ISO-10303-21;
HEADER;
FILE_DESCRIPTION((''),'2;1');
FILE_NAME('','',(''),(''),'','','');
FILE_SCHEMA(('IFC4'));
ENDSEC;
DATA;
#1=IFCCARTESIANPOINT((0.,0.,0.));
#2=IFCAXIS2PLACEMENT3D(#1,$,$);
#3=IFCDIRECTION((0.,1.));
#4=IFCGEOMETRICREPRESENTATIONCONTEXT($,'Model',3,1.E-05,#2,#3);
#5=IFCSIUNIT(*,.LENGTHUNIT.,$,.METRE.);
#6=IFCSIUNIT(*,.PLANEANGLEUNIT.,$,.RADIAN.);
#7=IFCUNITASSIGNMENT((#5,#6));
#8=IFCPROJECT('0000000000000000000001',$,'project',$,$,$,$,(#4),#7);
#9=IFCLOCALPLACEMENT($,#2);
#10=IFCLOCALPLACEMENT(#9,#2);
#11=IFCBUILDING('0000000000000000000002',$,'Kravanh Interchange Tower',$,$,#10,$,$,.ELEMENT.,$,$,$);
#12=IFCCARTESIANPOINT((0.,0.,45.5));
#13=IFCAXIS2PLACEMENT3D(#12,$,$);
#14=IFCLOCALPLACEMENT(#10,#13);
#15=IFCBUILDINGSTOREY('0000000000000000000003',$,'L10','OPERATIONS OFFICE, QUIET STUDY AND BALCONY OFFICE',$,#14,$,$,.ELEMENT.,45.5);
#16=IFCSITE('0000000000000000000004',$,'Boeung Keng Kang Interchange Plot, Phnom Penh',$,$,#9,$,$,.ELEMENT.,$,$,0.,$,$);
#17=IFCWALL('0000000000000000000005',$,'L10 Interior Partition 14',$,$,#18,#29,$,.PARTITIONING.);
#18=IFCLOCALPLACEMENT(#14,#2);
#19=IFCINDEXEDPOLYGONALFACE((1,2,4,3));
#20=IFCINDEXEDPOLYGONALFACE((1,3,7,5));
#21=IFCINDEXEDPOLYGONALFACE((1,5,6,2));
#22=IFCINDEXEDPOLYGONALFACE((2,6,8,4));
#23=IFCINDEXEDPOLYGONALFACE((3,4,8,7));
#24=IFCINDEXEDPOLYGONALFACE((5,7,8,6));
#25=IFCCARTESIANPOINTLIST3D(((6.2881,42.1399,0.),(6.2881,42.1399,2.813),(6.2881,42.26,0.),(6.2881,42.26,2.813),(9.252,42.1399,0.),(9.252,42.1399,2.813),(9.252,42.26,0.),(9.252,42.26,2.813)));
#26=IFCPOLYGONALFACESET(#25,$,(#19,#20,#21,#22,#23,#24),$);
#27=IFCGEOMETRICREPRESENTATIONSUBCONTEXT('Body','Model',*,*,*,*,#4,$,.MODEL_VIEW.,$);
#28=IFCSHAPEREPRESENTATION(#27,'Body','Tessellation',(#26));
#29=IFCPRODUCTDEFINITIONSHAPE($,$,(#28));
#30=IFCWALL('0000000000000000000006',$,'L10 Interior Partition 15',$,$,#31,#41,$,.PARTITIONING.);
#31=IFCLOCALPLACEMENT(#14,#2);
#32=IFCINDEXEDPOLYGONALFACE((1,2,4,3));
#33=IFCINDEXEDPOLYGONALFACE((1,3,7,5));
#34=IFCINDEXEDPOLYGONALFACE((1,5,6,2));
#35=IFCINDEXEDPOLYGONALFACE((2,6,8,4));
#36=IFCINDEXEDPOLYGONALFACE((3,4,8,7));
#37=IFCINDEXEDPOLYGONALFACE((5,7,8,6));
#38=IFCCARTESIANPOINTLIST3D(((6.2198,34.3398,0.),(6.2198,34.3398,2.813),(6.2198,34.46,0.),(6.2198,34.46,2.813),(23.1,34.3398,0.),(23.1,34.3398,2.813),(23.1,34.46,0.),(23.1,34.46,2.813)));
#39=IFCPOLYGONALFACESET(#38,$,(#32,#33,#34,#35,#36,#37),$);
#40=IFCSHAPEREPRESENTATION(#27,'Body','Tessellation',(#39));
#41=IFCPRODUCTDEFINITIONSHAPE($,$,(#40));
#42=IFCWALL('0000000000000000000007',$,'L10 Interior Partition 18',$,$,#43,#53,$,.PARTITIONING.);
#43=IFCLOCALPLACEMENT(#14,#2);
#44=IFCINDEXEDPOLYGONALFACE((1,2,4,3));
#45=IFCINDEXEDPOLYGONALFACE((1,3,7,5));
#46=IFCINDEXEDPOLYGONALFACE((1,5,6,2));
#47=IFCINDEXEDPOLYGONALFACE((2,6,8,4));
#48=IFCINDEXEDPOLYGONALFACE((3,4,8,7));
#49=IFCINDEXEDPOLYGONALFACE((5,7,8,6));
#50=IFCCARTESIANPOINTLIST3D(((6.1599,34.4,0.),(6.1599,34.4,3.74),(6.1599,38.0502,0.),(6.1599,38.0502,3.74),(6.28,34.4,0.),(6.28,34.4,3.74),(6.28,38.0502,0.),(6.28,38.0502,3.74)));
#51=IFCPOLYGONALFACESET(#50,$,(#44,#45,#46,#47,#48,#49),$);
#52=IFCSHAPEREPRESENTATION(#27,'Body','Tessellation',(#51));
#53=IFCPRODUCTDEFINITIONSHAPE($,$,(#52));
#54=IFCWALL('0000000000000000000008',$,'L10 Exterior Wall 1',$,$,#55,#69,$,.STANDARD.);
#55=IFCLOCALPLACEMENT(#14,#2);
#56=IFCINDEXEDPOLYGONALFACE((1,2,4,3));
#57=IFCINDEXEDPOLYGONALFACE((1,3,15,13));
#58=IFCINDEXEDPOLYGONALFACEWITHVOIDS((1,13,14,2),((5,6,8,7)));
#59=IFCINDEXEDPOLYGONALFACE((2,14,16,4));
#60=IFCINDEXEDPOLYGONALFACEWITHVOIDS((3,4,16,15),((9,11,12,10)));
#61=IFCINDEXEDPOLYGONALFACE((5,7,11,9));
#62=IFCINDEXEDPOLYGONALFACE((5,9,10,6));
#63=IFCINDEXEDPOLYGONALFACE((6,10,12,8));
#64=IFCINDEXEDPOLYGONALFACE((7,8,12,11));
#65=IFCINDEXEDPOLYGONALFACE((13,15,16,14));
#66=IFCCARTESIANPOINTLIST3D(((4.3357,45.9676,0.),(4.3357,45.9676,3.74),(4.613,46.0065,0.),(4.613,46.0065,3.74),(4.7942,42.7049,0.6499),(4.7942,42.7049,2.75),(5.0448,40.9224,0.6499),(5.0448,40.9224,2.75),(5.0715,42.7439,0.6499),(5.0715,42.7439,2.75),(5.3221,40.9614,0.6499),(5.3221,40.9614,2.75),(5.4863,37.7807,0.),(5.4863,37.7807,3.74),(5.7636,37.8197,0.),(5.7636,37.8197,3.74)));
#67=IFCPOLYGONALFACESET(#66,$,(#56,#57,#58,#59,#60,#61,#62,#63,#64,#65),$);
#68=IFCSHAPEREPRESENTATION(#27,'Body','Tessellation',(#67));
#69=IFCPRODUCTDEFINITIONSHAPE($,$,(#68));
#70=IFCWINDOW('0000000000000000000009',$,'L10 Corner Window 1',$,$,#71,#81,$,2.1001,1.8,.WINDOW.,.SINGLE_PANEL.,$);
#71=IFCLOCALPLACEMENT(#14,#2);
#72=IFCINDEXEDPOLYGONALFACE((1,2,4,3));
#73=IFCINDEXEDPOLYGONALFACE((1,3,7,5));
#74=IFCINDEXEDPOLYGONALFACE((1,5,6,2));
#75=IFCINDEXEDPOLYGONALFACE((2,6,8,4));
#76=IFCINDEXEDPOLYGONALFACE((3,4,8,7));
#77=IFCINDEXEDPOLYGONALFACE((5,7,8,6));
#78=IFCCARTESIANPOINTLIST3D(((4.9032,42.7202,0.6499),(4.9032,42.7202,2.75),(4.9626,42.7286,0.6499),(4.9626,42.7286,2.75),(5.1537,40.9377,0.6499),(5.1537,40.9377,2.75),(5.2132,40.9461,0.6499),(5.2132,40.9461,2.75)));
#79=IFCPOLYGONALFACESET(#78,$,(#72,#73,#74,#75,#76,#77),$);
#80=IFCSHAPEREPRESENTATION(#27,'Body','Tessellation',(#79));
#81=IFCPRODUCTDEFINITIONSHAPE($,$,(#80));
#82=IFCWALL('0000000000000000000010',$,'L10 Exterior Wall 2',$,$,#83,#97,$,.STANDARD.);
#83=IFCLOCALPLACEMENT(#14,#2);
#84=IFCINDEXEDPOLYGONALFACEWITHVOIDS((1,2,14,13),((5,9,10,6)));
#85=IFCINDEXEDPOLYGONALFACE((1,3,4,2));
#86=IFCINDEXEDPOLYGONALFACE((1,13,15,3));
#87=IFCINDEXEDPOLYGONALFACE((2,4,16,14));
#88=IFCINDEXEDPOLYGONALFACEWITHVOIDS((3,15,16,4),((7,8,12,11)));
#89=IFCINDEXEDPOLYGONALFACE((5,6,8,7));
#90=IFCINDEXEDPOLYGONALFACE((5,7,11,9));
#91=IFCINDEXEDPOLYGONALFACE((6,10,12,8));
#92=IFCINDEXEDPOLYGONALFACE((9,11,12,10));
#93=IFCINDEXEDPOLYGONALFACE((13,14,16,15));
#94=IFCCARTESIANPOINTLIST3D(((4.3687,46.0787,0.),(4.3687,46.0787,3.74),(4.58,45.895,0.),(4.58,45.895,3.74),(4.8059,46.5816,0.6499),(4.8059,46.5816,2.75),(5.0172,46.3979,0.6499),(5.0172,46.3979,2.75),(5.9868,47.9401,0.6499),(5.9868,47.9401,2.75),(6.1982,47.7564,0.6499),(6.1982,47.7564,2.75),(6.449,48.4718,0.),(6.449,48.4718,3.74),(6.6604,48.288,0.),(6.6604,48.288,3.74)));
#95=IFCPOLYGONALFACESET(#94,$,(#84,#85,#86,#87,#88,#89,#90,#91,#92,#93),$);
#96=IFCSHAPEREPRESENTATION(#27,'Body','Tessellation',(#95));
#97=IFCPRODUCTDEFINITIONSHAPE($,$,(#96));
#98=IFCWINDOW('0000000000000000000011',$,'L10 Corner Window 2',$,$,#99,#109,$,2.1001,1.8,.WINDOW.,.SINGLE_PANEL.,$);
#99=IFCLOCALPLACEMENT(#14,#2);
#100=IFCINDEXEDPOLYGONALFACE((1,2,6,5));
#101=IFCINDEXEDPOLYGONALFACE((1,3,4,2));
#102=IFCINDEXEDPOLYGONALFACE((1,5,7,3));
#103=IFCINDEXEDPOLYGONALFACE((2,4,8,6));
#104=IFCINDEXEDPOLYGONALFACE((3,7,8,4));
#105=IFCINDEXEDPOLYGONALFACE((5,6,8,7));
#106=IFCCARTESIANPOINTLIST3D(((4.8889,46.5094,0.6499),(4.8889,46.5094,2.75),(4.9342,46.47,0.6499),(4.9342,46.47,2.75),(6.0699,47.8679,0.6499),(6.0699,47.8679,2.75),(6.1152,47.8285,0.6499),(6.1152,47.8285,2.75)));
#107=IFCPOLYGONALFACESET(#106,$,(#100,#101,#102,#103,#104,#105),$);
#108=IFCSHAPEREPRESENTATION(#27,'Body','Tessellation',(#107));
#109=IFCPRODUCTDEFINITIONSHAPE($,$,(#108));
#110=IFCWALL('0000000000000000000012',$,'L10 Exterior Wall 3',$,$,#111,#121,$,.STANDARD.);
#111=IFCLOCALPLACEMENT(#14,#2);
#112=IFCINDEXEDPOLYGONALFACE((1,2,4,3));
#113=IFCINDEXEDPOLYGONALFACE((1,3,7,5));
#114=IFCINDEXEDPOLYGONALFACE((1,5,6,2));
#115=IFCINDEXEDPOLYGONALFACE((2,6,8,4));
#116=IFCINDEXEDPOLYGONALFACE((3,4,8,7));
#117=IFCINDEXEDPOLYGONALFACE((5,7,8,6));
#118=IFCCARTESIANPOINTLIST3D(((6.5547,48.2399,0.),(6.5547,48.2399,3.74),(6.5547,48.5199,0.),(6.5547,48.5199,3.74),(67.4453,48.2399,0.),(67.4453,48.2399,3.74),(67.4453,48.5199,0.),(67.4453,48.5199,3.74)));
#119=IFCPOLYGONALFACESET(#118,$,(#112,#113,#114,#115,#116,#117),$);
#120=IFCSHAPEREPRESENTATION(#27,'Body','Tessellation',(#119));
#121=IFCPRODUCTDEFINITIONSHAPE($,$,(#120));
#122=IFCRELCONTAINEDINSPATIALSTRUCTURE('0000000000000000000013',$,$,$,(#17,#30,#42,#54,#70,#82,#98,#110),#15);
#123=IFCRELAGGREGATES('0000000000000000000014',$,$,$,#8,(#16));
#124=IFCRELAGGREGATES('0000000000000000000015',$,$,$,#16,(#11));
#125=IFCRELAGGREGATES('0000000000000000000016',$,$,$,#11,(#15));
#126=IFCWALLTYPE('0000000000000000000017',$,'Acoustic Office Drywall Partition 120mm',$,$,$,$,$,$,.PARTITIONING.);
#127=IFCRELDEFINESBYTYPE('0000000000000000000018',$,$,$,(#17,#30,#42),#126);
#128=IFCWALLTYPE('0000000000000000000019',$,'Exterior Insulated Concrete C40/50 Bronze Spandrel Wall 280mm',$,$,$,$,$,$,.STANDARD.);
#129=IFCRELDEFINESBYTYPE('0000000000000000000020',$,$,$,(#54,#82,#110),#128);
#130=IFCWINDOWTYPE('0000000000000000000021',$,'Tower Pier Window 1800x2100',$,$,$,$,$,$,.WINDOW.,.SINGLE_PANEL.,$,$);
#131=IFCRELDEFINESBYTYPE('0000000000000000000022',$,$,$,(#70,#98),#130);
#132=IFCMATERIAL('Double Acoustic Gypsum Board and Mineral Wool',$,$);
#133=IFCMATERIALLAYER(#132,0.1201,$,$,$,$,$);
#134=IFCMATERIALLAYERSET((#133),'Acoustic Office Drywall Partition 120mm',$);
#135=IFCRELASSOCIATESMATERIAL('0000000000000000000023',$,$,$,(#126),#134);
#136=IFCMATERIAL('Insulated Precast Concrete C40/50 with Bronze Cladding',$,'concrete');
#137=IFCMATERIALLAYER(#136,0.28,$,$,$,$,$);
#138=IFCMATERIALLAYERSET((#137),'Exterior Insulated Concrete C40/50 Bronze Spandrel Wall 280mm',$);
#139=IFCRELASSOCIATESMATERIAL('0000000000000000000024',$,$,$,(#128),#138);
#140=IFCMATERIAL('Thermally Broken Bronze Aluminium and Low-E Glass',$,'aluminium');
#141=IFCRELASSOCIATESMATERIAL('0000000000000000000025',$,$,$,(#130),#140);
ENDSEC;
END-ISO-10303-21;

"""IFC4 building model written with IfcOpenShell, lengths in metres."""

from ifc_helpers import new_model, si_unit, direction, frame, frame_2d, origin, place, context, subcontext, project, spatial, rectangle, extrude, material, layer, layer_set, type_object, element, fill, save


model = new_model("IFC4")

# Units and contexts
model_context = context("Model", 3, precision=1e-05, world=origin(), true_north=direction((0.0, 1.0)))
body_context = subcontext(model_context, "Body", "Model", "MODEL_VIEW")
ifc_project = project(units=[si_unit("LENGTHUNIT", "METRE"), si_unit("PLANEANGLEUNIT", "RADIAN")], contexts=[model_context])

# Site, building, storey
site_placement = place(None, origin())
site = spatial("IfcSite", under=ifc_project, at=site_placement, Name="Boeung Keng Kang Interchange Plot, Phnom Penh", CompositionType="ELEMENT", RefElevation=0.0)
building_placement = place(site_placement, origin())
building = spatial("IfcBuilding", under=site, at=building_placement, Name="Kravanh Interchange Tower", CompositionType="ELEMENT")
storey_placement = place(building_placement, frame((0.0, 0.0, 45.5)))
storey = spatial("IfcBuildingStorey", under=building, at=storey_placement, Name="L10", Description="OPERATIONS OFFICE, QUIET STUDY AND BALCONY OFFICE", CompositionType="ELEMENT", Elevation=45.5)

# Shared definitions
ifc_material_1 = material(Name="Double Acoustic Gypsum Board and Mineral Wool")
ifc_layer_1 = layer(ifc_material_1, 0.1201)
ifc_layer_set_1 = layer_set([ifc_layer_1], Name="Acoustic Office Drywall Partition 120mm")
wall_type_1 = type_object("IfcWallType", Name="Acoustic Office Drywall Partition 120mm", PredefinedType="PARTITIONING", material=ifc_layer_set_1)

# Walls
wall_1_placement = place(storey_placement, frame((6.2881, 42.2, 0.0), z_axis=(0.0, 0.0, 1.0), x_axis=(1.0, 0.0, 0.0)))
element("IfcWall", 1, at=wall_1_placement, inside=storey, type_object=wall_type_1, Name="L10 Interior Partition 14", PredefinedType="PARTITIONING", context=body_context, shape_type="SweptSolid", body=[
    extrude(rectangle(XDim=2.9639, YDim=0.1201, at=frame_2d((1.4819, 0.0))), origin(), (0.0, 0.0, 1.0), 2.813),
])
wall_2_placement = place(storey_placement, frame((6.22, 34.3999, 0.0), z_axis=(0.0, 0.0, 1.0), x_axis=(1.0, 0.0, 0.0)))
element("IfcWall", 2, at=wall_2_placement, inside=storey, type_object=wall_type_1, Name="L10 Interior Partition 15", PredefinedType="PARTITIONING", context=body_context, shape_type="SweptSolid", body=[
    extrude(rectangle(XDim=16.8801, YDim=0.1201, at=frame_2d((8.4399, 0.0))), origin(), (0.0, 0.0, 1.0), 2.813),
])
wall_3_placement = place(storey_placement, frame((6.22, 34.3999, 0.0), z_axis=(0.0, 0.0, 1.0), x_axis=(0.0, 1.0, 0.0)))
element("IfcWall", 3, at=wall_3_placement, inside=storey, type_object=wall_type_1, Name="L10 Interior Partition 18", PredefinedType="PARTITIONING", context=body_context, shape_type="SweptSolid", body=[
    extrude(rectangle(XDim=3.6501, YDim=0.1201, at=frame_2d((1.8252, 0.0))), origin(), (0.0, 0.0, 1.0), 3.74),
])

# Walls, openings, windows
ifc_material_2 = material(Name="Insulated Precast Concrete C40/50 with Bronze Cladding", Category="concrete")
ifc_layer_2 = layer(ifc_material_2, 0.28)
ifc_layer_set_2 = layer_set([ifc_layer_2], Name="Exterior Insulated Concrete C40/50 Bronze Spandrel Wall 280mm")
wall_type_2 = type_object("IfcWallType", Name="Exterior Insulated Concrete C40/50 Bronze Spandrel Wall 280mm", PredefinedType="STANDARD", material=ifc_layer_set_2)
wall_4_placement = place(storey_placement, frame((5.625, 37.8, 0.0), z_axis=(0.0, 0.0, 1.0), x_axis=(-0.13918, 0.990267, 0.0)))
wall_4 = element("IfcWall", 4, at=wall_4_placement, inside=storey, type_object=wall_type_2, Name="L10 Exterior Wall 1", PredefinedType="STANDARD", context=body_context, shape_type="SweptSolid", body=[
    extrude(rectangle(XDim=8.2673, YDim=0.28, at=frame_2d((4.1338, 0.0))), origin(), (0.0, 0.0, 1.0), 3.74),
])
opening_1_placement = place(wall_4_placement, frame((3.1729, 0.0, 0.6499)))
opening_1 = element("IfcOpeningElement", 5, at=opening_1_placement, cuts=wall_4, PredefinedType="OPENING", context=body_context, shape_type="SweptSolid", body=[
    extrude(rectangle(XDim=1.8, YDim=2.1001, at=frame_2d((0.8999, 1.05))), frame((0.0, 0.1499, 0.0), z_axis=(0.0, -1.0, 0.0), x_axis=(1.0, 0.0, 0.0)), (0.0, 0.0, 1.0), 0.3),
])
ifc_material_3 = material(Name="Thermally Broken Bronze Aluminium and Low-E Glass", Category="aluminium")
window_type = type_object("IfcWindowType", Name="Tower Pier Window 1800x2100", PartitioningType="SINGLE_PANEL", PredefinedType="WINDOW", material=ifc_material_3)
window_1_placement = place(opening_1_placement, origin())
window_1 = element("IfcWindow", 6, at=window_1_placement, inside=storey, type_object=window_type, Name="L10 Corner Window 1", OverallHeight=2.1001, OverallWidth=1.8, PartitioningType="SINGLE_PANEL", PredefinedType="WINDOW", context=body_context, shape_type="SweptSolid", body=[
    extrude(rectangle(XDim=1.8, YDim=2.1001, at=frame_2d((0.8999, 1.05))), frame((0.0, 0.03, 0.0), z_axis=(0.0, -1.0, 0.0), x_axis=(1.0, 0.0, 0.0)), (0.0, 0.0, 1.0), 0.0601),
])
fill(opening_1, window_1)
wall_5_placement = place(storey_placement, frame((4.4744, 45.9868, 0.0), z_axis=(0.0, 0.0, 1.0), x_axis=(0.65607, 0.7547, 0.0)))
wall_5 = element("IfcWall", 7, at=wall_5_placement, inside=storey, type_object=wall_type_2, Name="L10 Exterior Wall 2", PredefinedType="STANDARD", context=body_context, shape_type="SweptSolid", body=[
    extrude(rectangle(XDim=3.1709, YDim=0.28, at=frame_2d((1.5854, 0.0))), origin(), (0.0, 0.0, 1.0), 3.74),
])
opening_2_placement = place(wall_5_placement, frame((0.6665, 0.0, 0.6499)))
opening_2 = element("IfcOpeningElement", 8, at=opening_2_placement, cuts=wall_5, PredefinedType="OPENING", context=body_context, shape_type="SweptSolid", body=[
    extrude(rectangle(XDim=1.8, YDim=2.1001, at=frame_2d((0.8999, 1.05))), frame((0.0, 0.1499, 0.0), z_axis=(0.0, -1.0, 0.0), x_axis=(1.0, 0.0, 0.0)), (0.0, 0.0, 1.0), 0.3),
])
window_2_placement = place(opening_2_placement, origin())
window_2 = element("IfcWindow", 9, at=window_2_placement, inside=storey, type_object=window_type, Name="L10 Corner Window 2", OverallHeight=2.1001, OverallWidth=1.8, PartitioningType="SINGLE_PANEL", PredefinedType="WINDOW", context=body_context, shape_type="SweptSolid", body=[
    extrude(rectangle(XDim=1.8, YDim=2.1001, at=frame_2d((0.8999, 1.05))), frame((0.0, 0.03, 0.0), z_axis=(0.0, -1.0, 0.0), x_axis=(1.0, 0.0, 0.0)), (0.0, 0.0, 1.0), 0.0601),
])
fill(opening_2, window_2)

# Wall
wall_6_placement = place(storey_placement, frame((6.5547, 48.3799, 0.0), z_axis=(0.0, 0.0, 1.0), x_axis=(1.0, 0.0, 0.0)))
element("IfcWall", 10, at=wall_6_placement, inside=storey, type_object=wall_type_2, Name="L10 Exterior Wall 3", PredefinedType="STANDARD", context=body_context, shape_type="SweptSolid", body=[
    extrude(rectangle(XDim=60.8906, YDim=0.28, at=frame_2d((30.4453, 0.0))), origin(), (0.0, 0.0, 1.0), 3.74),
])

save(model, "model.ifc")
